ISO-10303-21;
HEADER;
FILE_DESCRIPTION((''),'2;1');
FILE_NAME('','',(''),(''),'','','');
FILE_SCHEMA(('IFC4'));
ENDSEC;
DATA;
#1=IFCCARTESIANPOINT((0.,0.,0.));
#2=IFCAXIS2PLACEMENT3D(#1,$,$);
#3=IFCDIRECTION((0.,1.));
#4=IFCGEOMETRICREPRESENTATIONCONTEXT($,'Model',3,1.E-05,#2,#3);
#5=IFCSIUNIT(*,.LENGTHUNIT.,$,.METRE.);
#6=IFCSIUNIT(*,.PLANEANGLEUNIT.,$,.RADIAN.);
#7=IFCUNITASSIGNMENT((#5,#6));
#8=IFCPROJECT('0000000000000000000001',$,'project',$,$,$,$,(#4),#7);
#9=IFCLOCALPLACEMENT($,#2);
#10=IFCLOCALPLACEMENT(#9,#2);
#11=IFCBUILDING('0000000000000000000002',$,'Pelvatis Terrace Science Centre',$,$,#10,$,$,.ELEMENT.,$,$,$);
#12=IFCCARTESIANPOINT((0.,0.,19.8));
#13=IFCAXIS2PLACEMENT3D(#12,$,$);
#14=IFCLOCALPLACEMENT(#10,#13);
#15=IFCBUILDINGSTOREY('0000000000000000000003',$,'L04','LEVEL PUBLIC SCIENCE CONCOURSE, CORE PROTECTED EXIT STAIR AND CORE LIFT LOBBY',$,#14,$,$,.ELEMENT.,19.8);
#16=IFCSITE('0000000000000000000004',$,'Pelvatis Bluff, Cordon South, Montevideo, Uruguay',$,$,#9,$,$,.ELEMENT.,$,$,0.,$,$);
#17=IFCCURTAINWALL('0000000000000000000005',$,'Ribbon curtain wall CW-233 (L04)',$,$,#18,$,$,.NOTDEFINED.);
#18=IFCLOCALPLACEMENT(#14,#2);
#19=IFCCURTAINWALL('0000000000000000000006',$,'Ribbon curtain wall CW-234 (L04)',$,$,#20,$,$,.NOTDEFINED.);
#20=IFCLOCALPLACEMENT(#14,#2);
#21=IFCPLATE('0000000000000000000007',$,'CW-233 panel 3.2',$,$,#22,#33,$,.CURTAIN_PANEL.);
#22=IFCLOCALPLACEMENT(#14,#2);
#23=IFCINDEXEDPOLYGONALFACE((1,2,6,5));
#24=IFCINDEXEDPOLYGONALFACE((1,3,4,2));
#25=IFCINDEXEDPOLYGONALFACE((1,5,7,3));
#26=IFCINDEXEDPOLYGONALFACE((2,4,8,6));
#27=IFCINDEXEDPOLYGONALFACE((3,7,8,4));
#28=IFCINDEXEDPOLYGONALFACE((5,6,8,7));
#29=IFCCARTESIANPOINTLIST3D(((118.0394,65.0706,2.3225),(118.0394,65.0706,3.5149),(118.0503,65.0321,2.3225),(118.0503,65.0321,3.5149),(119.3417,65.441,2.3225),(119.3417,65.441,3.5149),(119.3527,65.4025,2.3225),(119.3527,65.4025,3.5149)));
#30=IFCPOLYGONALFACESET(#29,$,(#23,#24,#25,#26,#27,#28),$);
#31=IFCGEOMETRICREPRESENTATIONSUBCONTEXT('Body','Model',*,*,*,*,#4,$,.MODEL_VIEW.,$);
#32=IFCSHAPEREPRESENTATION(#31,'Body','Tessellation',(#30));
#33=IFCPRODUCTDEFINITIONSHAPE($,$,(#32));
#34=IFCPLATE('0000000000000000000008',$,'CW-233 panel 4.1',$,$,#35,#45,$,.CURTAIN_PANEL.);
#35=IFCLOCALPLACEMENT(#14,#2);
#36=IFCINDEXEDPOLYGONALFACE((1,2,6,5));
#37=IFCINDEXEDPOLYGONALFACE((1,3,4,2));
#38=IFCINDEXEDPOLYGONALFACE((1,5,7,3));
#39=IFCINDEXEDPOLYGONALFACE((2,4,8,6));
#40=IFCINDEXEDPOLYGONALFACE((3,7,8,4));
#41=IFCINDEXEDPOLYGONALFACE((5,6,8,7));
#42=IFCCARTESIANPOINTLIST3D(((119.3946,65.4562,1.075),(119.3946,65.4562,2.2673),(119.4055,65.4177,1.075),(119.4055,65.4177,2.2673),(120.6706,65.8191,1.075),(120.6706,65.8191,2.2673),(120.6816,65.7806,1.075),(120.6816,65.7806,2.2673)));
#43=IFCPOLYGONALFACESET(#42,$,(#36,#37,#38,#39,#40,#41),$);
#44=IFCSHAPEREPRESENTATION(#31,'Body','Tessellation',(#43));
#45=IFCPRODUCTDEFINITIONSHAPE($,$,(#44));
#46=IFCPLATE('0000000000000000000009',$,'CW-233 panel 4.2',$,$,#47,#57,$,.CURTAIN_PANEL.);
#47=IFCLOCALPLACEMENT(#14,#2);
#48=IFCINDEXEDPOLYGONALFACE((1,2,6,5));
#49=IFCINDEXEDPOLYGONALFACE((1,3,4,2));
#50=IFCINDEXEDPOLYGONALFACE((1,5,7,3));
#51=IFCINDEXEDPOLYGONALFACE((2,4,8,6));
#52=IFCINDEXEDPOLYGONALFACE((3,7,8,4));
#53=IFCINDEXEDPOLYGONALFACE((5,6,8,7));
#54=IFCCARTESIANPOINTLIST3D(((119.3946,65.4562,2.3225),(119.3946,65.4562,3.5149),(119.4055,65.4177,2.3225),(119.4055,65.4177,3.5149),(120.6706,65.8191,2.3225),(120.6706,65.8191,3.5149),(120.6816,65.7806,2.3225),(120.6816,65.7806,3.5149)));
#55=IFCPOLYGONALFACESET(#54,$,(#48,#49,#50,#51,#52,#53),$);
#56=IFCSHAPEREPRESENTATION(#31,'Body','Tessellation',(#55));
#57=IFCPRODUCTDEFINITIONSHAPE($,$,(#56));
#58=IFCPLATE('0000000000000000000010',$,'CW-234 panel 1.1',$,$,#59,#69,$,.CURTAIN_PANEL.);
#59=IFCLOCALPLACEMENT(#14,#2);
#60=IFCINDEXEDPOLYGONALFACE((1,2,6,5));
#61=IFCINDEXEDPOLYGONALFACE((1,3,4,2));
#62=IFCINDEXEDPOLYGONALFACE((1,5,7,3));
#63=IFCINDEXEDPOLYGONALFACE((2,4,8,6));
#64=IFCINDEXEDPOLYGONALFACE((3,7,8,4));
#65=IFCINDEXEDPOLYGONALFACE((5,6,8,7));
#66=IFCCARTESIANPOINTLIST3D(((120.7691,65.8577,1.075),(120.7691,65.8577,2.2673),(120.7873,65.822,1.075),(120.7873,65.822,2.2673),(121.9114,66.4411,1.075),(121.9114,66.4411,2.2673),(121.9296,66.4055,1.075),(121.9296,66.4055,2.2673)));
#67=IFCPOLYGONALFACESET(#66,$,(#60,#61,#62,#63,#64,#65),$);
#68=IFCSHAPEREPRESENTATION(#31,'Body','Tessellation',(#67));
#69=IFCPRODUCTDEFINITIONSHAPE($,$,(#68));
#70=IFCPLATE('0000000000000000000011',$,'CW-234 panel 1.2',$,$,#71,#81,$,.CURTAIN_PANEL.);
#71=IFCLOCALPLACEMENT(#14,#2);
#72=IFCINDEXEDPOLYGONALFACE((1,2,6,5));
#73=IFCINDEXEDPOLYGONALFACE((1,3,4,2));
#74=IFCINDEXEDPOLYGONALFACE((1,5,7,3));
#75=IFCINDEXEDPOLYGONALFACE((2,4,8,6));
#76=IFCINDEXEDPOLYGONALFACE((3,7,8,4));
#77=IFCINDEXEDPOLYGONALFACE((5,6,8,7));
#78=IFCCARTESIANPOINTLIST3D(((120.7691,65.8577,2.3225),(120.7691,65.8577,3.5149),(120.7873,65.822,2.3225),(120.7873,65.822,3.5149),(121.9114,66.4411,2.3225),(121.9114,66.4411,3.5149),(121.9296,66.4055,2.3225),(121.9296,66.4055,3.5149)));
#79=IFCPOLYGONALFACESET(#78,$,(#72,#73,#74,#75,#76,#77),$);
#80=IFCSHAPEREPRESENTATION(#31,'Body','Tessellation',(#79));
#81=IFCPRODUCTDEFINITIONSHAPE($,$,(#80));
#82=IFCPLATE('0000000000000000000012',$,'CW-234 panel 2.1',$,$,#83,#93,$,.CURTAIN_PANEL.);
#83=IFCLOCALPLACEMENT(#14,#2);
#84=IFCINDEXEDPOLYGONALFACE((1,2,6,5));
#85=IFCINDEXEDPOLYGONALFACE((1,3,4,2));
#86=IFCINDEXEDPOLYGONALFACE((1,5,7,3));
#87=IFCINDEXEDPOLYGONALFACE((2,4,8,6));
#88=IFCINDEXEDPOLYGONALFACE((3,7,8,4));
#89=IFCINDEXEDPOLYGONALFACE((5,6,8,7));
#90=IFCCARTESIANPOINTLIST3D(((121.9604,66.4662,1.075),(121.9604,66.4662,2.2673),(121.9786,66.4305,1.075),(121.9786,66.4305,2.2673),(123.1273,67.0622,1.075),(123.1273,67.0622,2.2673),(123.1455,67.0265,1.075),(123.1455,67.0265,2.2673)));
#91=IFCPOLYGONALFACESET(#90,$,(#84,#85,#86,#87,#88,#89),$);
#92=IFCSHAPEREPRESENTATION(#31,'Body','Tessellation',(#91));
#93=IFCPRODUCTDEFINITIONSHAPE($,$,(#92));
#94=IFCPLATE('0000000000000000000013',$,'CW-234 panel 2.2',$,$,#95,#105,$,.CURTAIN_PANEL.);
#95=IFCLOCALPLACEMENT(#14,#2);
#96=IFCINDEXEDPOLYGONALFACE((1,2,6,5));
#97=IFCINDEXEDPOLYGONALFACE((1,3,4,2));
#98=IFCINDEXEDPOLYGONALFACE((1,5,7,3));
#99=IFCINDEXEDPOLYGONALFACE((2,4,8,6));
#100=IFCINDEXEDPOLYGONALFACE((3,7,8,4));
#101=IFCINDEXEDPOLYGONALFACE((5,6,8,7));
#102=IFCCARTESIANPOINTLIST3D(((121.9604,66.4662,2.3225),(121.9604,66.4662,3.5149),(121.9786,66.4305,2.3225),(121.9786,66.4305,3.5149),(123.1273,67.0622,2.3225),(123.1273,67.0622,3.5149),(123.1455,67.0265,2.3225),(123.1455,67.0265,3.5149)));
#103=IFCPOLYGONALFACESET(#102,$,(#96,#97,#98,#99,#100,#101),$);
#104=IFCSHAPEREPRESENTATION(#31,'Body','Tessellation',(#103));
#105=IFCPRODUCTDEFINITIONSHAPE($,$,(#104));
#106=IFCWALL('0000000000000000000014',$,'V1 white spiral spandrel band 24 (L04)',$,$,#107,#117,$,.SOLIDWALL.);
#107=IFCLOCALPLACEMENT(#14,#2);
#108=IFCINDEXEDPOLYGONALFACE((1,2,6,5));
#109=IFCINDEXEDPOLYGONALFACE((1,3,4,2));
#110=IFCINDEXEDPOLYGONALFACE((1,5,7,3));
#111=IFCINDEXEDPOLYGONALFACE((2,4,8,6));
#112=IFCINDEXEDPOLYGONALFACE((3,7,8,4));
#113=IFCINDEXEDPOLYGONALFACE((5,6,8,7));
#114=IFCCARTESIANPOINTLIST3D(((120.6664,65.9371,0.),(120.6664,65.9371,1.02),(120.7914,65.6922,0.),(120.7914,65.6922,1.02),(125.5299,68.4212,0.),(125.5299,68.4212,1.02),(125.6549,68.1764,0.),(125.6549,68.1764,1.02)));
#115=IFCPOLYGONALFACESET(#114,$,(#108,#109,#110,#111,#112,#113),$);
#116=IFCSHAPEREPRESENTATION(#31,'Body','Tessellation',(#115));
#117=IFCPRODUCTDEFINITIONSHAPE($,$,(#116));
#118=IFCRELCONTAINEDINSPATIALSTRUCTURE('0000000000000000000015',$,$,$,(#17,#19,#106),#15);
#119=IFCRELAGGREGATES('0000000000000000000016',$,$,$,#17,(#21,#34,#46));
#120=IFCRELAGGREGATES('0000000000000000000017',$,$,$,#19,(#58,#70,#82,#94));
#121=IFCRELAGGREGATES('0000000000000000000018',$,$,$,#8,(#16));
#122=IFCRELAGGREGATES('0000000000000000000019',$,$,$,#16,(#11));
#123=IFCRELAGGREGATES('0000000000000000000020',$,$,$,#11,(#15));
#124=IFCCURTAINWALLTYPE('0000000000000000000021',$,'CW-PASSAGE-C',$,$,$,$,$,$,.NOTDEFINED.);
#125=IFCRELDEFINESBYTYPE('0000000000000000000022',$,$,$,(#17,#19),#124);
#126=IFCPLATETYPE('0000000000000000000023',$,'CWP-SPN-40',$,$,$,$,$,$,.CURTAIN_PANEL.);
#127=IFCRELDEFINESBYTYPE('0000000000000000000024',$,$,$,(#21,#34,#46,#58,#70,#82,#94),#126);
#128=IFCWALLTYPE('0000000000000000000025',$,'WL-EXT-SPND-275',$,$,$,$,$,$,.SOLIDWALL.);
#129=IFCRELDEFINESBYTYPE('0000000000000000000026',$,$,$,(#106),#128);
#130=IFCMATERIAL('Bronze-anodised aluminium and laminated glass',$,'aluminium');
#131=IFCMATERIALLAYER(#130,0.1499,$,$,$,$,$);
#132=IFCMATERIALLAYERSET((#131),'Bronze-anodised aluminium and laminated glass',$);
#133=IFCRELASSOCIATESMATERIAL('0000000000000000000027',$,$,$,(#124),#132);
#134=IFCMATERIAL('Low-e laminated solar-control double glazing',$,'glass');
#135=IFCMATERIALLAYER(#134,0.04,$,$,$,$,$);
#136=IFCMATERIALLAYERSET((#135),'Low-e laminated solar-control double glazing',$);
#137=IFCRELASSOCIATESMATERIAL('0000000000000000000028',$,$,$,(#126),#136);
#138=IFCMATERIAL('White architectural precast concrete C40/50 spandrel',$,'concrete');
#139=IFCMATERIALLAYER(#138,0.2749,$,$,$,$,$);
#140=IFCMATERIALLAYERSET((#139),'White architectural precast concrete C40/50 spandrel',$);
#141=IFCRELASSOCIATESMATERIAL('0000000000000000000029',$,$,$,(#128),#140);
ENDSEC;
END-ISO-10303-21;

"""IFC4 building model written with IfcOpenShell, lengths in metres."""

from ifc_helpers import new_model, si_unit, direction, frame, frame_2d, origin, origin_2d, place, context, subcontext, project, spatial, rectangle, extrude, material, layer, layer_set, type_object, element, aggregate, save


model = new_model("IFC4")

# Units and contexts
model_context = context("Model", 3, precision=1e-05, world=origin(), true_north=direction((0.0, 1.0)))
body_context = subcontext(model_context, "Body", "Model", "MODEL_VIEW")
ifc_project = project(units=[si_unit("LENGTHUNIT", "METRE"), si_unit("PLANEANGLEUNIT", "RADIAN")], contexts=[model_context])

# Site, building, storey
site_placement = place(None, origin())
site = spatial("IfcSite", under=ifc_project, at=site_placement, Name="Pelvatis Bluff, Cordon South, Montevideo, Uruguay", CompositionType="ELEMENT", RefElevation=0.0)
building_placement = place(site_placement, origin())
building = spatial("IfcBuilding", under=site, at=building_placement, Name="Pelvatis Terrace Science Centre", CompositionType="ELEMENT")
storey_placement = place(building_placement, frame((0.0, 0.0, 19.8)))
storey = spatial("IfcBuildingStorey", under=building, at=storey_placement, Name="L04", Description="LEVEL PUBLIC SCIENCE CONCOURSE, CORE PROTECTED EXIT STAIR AND CORE LIFT LOBBY", CompositionType="ELEMENT", Elevation=19.8)

# Curtain walls
ifc_material_1 = material(Name="Bronze-anodised aluminium and laminated glass", Category="aluminium")
ifc_layer_1 = layer(ifc_material_1, 0.1499)
ifc_layer_set_1 = layer_set([ifc_layer_1], Name="Bronze-anodised aluminium and laminated glass")
curtain_wall_type = type_object("IfcCurtainWallType", Name="CW-PASSAGE-C", PredefinedType="NOTDEFINED", material=ifc_layer_set_1)
curtain_wall_1_placement = place(storey_placement, origin())
curtain_wall_1 = element("IfcCurtainWall", 1, at=curtain_wall_1_placement, inside=storey, type_object=curtain_wall_type, Name="Ribbon curtain wall CW-233 (L04)", PredefinedType="NOTDEFINED")
curtain_wall_2_placement = place(storey_placement, origin())
curtain_wall_2 = element("IfcCurtainWall", 2, at=curtain_wall_2_placement, inside=storey, type_object=curtain_wall_type, Name="Ribbon curtain wall CW-234 (L04)", PredefinedType="NOTDEFINED")

# Plates
ifc_material_2 = material(Name="Low-e laminated solar-control double glazing", Category="glass")
ifc_layer_2 = layer(ifc_material_2, 0.04)
ifc_layer_set_2 = layer_set([ifc_layer_2], Name="Low-e laminated solar-control double glazing")
plate_type = type_object("IfcPlateType", Name="CWP-SPN-40", PredefinedType="CURTAIN_PANEL", material=ifc_layer_set_2)
plate_1_placement = place(storey_placement, frame((118.696, 65.2366, 2.3225), z_axis=(0.0, 0.0, 1.0), x_axis=(0.96185, 0.273577, 0.0)))
plate_1 = element("IfcPlate", 3, at=plate_1_placement, type_object=plate_type, Name="CW-233 panel 3.2", PredefinedType="CURTAIN_PANEL", context=body_context, shape_type="SweptSolid", body=[
    extrude(rectangle(XDim=1.354, YDim=0.04, at=origin_2d()), origin(), (0.0, 0.0, 1.0), 1.1924),
])
plate_2_placement = place(storey_placement, frame((120.0381, 65.6184, 1.075), z_axis=(0.0, 0.0, 1.0), x_axis=(0.96185, 0.273577, 0.0)))
plate_2 = element("IfcPlate", 4, at=plate_2_placement, type_object=plate_type, Name="CW-233 panel 4.1", PredefinedType="CURTAIN_PANEL", context=body_context, shape_type="SweptSolid", body=[
    extrude(rectangle(XDim=1.3267, YDim=0.04, at=origin_2d()), origin(), (0.0, 0.0, 1.0), 1.1924),
])
plate_3_placement = place(storey_placement, frame((120.0381, 65.6184, 2.3225), z_axis=(0.0, 0.0, 1.0), x_axis=(0.96185, 0.273577, 0.0)))
plate_3 = element("IfcPlate", 5, at=plate_3_placement, type_object=plate_type, Name="CW-233 panel 4.2", PredefinedType="CURTAIN_PANEL", context=body_context, shape_type="SweptSolid", body=[
    extrude(rectangle(XDim=1.3267, YDim=0.04, at=origin_2d()), origin(), (0.0, 0.0, 1.0), 1.1924),
])
aggregate(curtain_wall_1, [plate_1, plate_2, plate_3])
plate_4_placement = place(storey_placement, frame((121.3494, 66.1316, 1.075), z_axis=(0.0, 0.0, 1.0), x_axis=(0.890564, 0.454859, 0.0)))
plate_4 = element("IfcPlate", 6, at=plate_4_placement, type_object=plate_type, Name="CW-234 panel 1.1", PredefinedType="CURTAIN_PANEL", context=body_context, shape_type="SweptSolid", body=[
    extrude(rectangle(XDim=1.2827, YDim=0.04, at=origin_2d()), origin(), (0.0, 0.0, 1.0), 1.1924),
])
plate_5_placement = place(storey_placement, frame((121.3494, 66.1316, 2.3225), z_axis=(0.0, 0.0, 1.0), x_axis=(0.890564, 0.454859, 0.0)))
plate_5 = element("IfcPlate", 7, at=plate_5_placement, type_object=plate_type, Name="CW-234 panel 1.2", PredefinedType="CURTAIN_PANEL", context=body_context, shape_type="SweptSolid", body=[
    extrude(rectangle(XDim=1.2827, YDim=0.04, at=origin_2d()), origin(), (0.0, 0.0, 1.0), 1.1924),
])
plate_6_placement = place(storey_placement, frame((122.553, 66.7463, 1.075), z_axis=(0.0, 0.0, 1.0), x_axis=(0.890564, 0.454859, 0.0)))
plate_6 = element("IfcPlate", 8, at=plate_6_placement, type_object=plate_type, Name="CW-234 panel 2.1", PredefinedType="CURTAIN_PANEL", context=body_context, shape_type="SweptSolid", body=[
    extrude(rectangle(XDim=1.3103, YDim=0.04, at=origin_2d()), origin(), (0.0, 0.0, 1.0), 1.1924),
])
plate_7_placement = place(storey_placement, frame((122.553, 66.7463, 2.3225), z_axis=(0.0, 0.0, 1.0), x_axis=(0.890564, 0.454859, 0.0)))
plate_7 = element("IfcPlate", 9, at=plate_7_placement, type_object=plate_type, Name="CW-234 panel 2.2", PredefinedType="CURTAIN_PANEL", context=body_context, shape_type="SweptSolid", body=[
    extrude(rectangle(XDim=1.3103, YDim=0.04, at=origin_2d()), origin(), (0.0, 0.0, 1.0), 1.1924),
])
aggregate(curtain_wall_2, [plate_4, plate_5, plate_6, plate_7])

# Wall
ifc_material_3 = material(Name="White architectural precast concrete C40/50 spandrel", Category="concrete")
ifc_layer_3 = layer(ifc_material_3, 0.2749)
ifc_layer_set_3 = layer_set([ifc_layer_3], Name="White architectural precast concrete C40/50 spandrel")
wall_type = type_object("IfcWallType", Name="WL-EXT-SPND-275", PredefinedType="SOLIDWALL", material=ifc_layer_set_3)
wall_placement = place(storey_placement, frame((120.729, 65.8147, 0.0), z_axis=(0.0, 0.0, 1.0), x_axis=(0.890559, 0.454868, 0.0)))
element("IfcWall", 10, at=wall_placement, inside=storey, type_object=wall_type, Name="V1 white spiral spandrel band 24 (L04)", PredefinedType="SOLIDWALL", context=body_context, shape_type="SweptSolid", body=[
    extrude(rectangle(XDim=5.4612, YDim=0.2749, at=frame_2d((2.7305, 0.0))), origin(), (0.0, 0.0, 1.0), 1.02),
])

save(model, "model.ifc")
